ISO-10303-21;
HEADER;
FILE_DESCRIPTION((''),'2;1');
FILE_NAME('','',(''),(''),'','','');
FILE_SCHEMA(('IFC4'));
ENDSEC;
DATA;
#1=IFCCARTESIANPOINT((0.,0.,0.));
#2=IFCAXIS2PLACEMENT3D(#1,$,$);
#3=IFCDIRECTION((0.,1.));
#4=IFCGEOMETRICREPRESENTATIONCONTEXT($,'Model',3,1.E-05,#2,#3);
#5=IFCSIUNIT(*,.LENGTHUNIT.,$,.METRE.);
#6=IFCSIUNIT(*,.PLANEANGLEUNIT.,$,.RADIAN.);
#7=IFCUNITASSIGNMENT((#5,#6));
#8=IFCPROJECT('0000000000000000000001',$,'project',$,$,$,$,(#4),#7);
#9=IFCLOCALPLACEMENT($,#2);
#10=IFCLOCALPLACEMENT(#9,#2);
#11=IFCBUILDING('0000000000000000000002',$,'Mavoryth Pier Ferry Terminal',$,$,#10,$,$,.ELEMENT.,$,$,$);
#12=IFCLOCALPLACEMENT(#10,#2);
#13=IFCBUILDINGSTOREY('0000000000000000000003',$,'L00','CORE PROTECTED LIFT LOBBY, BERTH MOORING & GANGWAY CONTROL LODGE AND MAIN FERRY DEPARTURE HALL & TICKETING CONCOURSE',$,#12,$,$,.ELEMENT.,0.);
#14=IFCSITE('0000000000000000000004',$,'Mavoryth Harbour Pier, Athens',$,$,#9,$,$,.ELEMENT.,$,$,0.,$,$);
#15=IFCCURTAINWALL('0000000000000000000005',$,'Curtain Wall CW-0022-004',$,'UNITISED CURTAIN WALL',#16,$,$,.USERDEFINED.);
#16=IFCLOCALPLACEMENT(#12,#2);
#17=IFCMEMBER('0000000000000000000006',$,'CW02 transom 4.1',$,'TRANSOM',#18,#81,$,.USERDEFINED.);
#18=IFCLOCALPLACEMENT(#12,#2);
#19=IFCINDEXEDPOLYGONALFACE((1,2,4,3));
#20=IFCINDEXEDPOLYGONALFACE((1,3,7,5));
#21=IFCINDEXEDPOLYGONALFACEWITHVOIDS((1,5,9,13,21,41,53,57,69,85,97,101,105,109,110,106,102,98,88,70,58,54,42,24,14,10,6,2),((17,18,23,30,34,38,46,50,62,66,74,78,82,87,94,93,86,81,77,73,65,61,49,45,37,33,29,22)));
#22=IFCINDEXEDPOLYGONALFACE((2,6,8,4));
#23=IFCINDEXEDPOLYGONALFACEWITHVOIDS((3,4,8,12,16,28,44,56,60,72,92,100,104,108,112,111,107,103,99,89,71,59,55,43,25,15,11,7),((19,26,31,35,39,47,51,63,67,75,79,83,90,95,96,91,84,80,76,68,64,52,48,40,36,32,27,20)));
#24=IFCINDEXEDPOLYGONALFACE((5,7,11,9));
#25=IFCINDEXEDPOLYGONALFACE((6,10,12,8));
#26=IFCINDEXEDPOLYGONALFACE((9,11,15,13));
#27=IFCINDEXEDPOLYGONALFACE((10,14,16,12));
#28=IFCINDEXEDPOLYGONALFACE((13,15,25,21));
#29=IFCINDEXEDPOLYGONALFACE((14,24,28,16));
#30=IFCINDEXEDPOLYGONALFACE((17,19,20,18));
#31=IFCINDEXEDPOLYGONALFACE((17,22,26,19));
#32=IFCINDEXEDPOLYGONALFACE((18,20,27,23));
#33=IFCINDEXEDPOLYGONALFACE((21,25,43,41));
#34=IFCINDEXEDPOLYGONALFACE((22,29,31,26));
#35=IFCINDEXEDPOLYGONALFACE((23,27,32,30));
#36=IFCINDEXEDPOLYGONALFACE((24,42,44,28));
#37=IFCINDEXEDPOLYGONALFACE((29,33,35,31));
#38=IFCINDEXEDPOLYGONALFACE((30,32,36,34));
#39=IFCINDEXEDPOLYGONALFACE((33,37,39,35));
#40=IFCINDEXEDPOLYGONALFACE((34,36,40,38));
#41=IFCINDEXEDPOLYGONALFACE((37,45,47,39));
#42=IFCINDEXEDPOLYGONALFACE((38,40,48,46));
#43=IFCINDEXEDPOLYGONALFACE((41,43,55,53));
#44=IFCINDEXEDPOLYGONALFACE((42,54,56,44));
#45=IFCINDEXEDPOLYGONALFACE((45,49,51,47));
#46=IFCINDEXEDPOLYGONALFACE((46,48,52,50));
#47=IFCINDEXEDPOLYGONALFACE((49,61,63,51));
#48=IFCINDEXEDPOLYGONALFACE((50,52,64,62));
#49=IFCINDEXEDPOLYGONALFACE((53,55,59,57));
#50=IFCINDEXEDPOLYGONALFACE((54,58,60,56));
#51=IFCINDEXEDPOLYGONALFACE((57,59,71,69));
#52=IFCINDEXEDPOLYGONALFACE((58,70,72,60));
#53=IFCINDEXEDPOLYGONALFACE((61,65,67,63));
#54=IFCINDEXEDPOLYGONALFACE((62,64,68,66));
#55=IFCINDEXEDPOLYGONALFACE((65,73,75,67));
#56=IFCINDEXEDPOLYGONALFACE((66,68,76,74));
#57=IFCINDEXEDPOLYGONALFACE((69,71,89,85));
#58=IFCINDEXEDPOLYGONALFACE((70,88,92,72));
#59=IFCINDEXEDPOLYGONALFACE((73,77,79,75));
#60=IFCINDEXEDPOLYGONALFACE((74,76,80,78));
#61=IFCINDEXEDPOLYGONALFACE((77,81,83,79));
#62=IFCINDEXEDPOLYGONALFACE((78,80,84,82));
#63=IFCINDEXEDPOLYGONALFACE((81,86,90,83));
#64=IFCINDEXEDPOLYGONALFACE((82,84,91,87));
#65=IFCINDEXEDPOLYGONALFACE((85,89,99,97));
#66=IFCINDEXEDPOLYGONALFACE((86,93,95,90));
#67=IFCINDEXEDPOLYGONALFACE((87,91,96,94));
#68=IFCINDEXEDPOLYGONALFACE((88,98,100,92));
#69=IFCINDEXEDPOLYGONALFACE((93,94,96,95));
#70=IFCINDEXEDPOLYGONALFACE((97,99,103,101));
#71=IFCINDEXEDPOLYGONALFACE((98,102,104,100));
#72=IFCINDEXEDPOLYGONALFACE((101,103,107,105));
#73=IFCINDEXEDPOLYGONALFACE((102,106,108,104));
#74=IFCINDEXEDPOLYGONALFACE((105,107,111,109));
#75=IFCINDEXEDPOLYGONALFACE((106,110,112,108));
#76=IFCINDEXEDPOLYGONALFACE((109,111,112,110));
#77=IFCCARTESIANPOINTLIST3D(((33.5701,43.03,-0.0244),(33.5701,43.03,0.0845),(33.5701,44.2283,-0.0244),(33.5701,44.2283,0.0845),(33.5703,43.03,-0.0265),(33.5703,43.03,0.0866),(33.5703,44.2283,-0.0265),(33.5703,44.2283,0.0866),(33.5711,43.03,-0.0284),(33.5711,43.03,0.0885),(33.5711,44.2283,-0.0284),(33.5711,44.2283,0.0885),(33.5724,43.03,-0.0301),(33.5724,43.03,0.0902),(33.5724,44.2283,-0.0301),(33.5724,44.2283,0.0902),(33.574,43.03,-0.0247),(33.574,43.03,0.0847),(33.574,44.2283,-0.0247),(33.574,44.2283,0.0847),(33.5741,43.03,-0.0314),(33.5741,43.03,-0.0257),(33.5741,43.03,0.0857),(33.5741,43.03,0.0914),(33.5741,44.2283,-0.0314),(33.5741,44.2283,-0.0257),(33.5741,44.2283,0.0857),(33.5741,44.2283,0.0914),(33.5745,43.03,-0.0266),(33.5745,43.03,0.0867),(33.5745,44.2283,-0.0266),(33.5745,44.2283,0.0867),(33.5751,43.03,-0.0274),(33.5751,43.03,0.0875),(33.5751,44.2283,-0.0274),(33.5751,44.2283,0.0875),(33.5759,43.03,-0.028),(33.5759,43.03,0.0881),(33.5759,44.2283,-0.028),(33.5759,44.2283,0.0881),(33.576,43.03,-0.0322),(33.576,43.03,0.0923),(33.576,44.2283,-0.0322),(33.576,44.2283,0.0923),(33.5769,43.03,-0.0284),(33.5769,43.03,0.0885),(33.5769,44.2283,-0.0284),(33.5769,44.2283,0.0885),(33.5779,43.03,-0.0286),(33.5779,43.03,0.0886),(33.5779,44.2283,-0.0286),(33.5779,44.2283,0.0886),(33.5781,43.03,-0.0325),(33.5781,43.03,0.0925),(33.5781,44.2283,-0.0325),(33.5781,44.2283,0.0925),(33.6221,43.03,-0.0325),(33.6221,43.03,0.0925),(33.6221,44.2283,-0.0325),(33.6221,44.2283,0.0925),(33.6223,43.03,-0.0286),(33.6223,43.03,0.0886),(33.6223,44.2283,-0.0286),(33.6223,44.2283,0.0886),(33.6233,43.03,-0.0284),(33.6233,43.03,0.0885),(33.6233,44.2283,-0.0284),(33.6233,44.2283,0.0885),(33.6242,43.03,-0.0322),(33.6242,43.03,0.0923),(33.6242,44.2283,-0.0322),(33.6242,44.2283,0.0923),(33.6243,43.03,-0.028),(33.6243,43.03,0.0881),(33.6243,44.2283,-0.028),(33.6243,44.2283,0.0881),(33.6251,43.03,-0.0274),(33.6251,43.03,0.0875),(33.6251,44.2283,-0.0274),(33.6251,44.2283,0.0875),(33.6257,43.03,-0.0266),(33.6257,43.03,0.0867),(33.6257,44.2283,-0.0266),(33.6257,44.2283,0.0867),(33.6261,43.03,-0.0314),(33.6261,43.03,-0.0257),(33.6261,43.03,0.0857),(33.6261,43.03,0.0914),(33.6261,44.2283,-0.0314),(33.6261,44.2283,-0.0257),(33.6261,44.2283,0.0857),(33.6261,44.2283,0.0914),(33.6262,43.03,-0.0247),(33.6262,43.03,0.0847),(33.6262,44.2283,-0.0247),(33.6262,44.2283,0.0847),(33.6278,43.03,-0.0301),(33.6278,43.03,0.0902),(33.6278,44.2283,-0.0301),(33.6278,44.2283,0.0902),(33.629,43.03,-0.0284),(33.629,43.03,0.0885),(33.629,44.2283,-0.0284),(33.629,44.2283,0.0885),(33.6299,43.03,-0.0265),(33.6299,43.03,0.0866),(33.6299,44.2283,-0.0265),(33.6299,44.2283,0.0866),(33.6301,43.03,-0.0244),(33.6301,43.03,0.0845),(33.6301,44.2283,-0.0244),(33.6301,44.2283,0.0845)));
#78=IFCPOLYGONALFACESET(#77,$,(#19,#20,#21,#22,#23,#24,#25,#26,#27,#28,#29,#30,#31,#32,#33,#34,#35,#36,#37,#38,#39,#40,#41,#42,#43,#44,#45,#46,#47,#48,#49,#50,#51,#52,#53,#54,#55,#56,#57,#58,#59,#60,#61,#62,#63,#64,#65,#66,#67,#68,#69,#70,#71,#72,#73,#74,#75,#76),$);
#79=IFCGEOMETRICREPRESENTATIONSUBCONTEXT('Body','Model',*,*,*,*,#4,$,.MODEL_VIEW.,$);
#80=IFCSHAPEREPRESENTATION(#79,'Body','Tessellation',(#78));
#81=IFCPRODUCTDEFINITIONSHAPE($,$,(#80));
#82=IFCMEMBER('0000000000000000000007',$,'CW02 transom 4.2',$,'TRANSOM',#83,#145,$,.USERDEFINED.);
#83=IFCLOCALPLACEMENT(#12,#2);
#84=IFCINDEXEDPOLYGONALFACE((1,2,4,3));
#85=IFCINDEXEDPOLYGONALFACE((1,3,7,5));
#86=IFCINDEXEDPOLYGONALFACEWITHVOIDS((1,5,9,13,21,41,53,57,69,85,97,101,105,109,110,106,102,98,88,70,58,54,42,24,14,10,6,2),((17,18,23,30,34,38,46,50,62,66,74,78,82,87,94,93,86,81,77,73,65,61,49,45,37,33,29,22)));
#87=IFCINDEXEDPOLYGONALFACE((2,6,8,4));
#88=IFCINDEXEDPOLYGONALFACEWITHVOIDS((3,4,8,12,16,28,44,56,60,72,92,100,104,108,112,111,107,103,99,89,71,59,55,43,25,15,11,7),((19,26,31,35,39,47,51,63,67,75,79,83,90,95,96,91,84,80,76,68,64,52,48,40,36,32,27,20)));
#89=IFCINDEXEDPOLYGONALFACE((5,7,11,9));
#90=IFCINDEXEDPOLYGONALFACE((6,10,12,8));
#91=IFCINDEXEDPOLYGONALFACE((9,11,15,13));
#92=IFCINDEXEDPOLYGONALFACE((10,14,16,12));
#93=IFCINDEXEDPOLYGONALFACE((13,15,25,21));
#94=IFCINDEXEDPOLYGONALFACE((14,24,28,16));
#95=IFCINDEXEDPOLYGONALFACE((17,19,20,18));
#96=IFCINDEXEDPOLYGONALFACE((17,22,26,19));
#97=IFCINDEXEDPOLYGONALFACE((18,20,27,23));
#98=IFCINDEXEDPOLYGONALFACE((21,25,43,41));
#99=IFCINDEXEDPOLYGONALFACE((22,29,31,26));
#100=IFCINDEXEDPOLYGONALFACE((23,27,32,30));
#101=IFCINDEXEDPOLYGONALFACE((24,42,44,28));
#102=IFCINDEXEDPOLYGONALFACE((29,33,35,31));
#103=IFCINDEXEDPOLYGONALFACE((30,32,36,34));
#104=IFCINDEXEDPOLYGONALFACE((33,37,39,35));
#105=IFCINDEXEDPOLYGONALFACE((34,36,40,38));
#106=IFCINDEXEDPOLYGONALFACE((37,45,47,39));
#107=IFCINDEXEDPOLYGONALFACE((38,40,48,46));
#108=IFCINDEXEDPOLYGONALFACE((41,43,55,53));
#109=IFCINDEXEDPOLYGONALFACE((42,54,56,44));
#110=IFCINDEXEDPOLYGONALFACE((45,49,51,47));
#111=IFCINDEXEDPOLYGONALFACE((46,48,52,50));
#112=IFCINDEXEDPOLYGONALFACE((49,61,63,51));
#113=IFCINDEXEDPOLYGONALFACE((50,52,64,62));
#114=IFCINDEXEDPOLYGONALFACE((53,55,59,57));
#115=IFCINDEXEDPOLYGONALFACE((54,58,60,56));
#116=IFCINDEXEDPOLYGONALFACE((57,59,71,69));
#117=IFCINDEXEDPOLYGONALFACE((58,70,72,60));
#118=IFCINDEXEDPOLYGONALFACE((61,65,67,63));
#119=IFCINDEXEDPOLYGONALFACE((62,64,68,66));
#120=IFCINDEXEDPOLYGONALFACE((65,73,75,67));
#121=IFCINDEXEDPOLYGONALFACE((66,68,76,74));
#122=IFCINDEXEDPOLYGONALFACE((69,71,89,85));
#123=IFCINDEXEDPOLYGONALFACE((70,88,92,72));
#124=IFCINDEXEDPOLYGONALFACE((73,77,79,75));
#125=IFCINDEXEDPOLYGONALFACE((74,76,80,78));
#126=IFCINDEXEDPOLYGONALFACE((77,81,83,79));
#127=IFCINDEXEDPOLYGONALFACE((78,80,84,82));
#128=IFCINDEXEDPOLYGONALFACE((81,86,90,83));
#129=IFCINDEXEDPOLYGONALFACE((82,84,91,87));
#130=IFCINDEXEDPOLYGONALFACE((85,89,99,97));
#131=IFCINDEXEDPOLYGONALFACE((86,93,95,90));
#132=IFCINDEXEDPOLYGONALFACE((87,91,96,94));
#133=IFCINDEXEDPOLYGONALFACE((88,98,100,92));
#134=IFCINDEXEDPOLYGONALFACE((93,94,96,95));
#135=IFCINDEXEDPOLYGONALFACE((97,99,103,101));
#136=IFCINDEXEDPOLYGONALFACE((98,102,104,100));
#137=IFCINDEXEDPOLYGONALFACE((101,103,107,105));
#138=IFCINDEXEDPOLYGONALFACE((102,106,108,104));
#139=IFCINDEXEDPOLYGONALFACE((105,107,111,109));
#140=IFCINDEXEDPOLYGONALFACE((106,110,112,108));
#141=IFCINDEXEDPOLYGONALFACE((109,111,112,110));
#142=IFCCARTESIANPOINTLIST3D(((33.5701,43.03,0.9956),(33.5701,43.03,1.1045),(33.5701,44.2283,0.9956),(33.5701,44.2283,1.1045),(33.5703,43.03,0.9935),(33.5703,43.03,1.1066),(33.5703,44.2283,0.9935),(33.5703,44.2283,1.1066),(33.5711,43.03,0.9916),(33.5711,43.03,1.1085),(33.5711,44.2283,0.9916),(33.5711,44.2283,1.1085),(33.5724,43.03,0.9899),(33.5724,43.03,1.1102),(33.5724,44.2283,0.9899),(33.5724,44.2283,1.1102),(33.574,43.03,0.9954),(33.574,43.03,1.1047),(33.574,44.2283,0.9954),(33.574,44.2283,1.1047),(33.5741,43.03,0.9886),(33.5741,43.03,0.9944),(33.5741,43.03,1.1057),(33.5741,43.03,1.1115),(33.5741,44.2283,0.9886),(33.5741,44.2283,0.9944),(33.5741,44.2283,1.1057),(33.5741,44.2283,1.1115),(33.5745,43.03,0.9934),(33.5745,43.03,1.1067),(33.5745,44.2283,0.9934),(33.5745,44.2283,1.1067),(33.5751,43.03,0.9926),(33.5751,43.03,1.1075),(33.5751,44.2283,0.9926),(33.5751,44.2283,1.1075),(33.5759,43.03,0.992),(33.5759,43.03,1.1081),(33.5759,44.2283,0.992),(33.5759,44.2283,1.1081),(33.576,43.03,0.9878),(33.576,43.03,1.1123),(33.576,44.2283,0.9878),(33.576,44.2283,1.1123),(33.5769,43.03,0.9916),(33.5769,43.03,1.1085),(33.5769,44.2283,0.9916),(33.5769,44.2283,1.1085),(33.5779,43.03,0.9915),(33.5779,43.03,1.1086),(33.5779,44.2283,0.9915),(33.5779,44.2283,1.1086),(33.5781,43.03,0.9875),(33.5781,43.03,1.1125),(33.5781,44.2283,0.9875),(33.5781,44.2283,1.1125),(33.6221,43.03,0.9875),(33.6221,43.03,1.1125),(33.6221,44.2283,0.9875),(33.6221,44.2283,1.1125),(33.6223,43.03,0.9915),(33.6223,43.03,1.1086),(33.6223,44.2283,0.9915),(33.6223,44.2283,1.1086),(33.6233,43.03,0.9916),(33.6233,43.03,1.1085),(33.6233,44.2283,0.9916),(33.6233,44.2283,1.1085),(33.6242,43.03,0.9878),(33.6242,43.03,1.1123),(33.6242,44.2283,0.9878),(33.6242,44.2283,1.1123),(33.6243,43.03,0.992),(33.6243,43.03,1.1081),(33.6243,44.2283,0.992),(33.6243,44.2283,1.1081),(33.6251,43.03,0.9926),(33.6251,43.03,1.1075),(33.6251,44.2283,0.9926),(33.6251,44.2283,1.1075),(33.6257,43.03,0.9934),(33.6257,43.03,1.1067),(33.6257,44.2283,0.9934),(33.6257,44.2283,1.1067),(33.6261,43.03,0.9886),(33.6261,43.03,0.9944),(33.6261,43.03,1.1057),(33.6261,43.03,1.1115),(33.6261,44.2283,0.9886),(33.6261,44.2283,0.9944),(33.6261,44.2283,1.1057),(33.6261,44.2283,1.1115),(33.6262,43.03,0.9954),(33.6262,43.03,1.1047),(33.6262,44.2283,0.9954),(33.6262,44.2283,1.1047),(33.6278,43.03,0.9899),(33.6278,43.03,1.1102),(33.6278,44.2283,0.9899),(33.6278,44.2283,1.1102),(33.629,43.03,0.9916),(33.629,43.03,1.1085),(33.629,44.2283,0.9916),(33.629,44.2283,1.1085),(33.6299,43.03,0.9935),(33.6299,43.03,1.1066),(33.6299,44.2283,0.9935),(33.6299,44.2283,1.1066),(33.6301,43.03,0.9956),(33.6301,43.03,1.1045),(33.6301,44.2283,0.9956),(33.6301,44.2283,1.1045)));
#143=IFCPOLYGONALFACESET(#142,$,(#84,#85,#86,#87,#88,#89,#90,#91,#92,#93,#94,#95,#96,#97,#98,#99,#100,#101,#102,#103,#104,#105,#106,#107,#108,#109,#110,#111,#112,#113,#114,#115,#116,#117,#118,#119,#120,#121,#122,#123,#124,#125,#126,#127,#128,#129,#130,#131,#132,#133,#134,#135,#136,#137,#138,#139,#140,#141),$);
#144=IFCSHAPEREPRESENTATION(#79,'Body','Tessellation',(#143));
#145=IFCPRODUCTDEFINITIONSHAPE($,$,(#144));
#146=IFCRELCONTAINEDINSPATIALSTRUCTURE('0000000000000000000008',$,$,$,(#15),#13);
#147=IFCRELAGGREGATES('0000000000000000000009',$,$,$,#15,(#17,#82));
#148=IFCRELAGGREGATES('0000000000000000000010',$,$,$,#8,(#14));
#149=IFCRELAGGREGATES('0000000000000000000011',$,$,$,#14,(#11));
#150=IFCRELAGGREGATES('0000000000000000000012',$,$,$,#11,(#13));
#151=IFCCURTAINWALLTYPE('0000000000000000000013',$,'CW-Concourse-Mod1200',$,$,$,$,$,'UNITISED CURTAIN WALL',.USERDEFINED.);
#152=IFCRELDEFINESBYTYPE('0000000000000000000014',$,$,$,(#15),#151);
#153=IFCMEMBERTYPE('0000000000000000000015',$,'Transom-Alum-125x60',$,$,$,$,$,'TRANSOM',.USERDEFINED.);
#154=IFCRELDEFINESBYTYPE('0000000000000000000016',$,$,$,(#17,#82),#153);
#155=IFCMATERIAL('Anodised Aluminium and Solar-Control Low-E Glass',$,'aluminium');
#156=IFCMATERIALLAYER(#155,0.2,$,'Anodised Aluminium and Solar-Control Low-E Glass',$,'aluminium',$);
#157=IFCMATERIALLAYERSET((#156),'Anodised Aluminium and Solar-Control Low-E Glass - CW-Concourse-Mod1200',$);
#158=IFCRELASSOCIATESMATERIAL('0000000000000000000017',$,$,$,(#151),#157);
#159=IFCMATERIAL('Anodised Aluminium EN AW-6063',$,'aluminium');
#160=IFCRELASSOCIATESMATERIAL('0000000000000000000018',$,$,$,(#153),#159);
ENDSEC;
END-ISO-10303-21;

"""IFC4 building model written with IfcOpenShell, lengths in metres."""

from ifc_helpers import new_model, si_unit, direction, frame, origin, origin_2d, place, context, subcontext, project, spatial, hollow_rectangle, extrude, material, layer, layer_set, material_profile, profile_set, type_object, element, aggregate, save


model = new_model("IFC4")

# Units and contexts
model_context = context("Model", 3, precision=1e-05, world=origin(), true_north=direction((0.0, 1.0)))
body_context = subcontext(model_context, "Body", "Model", "MODEL_VIEW")
ifc_project = project(units=[si_unit("LENGTHUNIT", "METRE"), si_unit("PLANEANGLEUNIT", "RADIAN")], contexts=[model_context])

# Site, building, storey
site_placement = place(None, origin())
site = spatial("IfcSite", under=ifc_project, at=site_placement, Name="Mavoryth Harbour Pier, Athens", CompositionType="ELEMENT", RefElevation=0.0)
building_placement = place(site_placement, origin())
building = spatial("IfcBuilding", under=site, at=building_placement, Name="Mavoryth Pier Ferry Terminal", CompositionType="ELEMENT")
storey_placement = place(building_placement, origin())
storey = spatial("IfcBuildingStorey", under=building, at=storey_placement, Name="L00", Description="CORE PROTECTED LIFT LOBBY, BERTH MOORING & GANGWAY CONTROL LODGE AND MAIN FERRY DEPARTURE HALL & TICKETING CONCOURSE", CompositionType="ELEMENT", Elevation=0.0)

# Curtain wall, members
ifc_material_1 = material(Name="Anodised Aluminium and Solar-Control Low-E Glass", Category="aluminium")
ifc_layer_1 = layer(ifc_material_1, 0.2, Name="Anodised Aluminium and Solar-Control Low-E Glass", Category="aluminium")
ifc_layer_set_1 = layer_set([ifc_layer_1], Name="Anodised Aluminium and Solar-Control Low-E Glass - CW-Concourse-Mod1200")
curtain_wall_type = type_object("IfcCurtainWallType", Name="CW-Concourse-Mod1200", ElementType="UNITISED CURTAIN WALL", PredefinedType="USERDEFINED", material=ifc_layer_set_1)
curtain_wall_placement = place(storey_placement, origin())
curtain_wall = element("IfcCurtainWall", 1, at=curtain_wall_placement, inside=storey, type_object=curtain_wall_type, Name="Curtain Wall CW-0022-004", ObjectType="UNITISED CURTAIN WALL", PredefinedType="USERDEFINED")
ifc_material_2 = material(Name="Anodised Aluminium EN AW-6063", Category="aluminium")
ifc_material_profile_1 = material_profile(ifc_material_2, hollow_rectangle(XDim=0.0601, YDim=0.125, WallThickness=0.0039, InnerFilletRadius=0.0039, OuterFilletRadius=0.0081, at=origin_2d()), Name="AL-TRAN 125x60x4", Category="aluminium")
ifc_profile_set_1 = profile_set([ifc_material_profile_1], Name="Anodised Aluminium EN AW-6063 - AL-TRAN 125x60x4")
member_type_1 = type_object("IfcMemberType", Name="Transom-Alum-125x60", ElementType="TRANSOM", PredefinedType="USERDEFINED", material=ifc_profile_set_1)
member_1_placement = place(storey_placement, frame((33.6001, 43.03, 0.03), z_axis=(0.0, 1.0, 0.0), x_axis=(-1.0, 0.0, 0.0)))
member_1 = element("IfcMember", 2, at=member_1_placement, type_object=member_type_1, Name="CW02 transom 4.1", ObjectType="TRANSOM", PredefinedType="USERDEFINED", context=body_context, shape_type="SweptSolid", body=[
    extrude(hollow_rectangle(XDim=0.0601, YDim=0.125, WallThickness=0.0039, InnerFilletRadius=0.0039, OuterFilletRadius=0.0081, at=origin_2d()), origin(), (0.0, 0.0, 1.0), 1.1982),
])
member_2_placement = place(storey_placement, frame((33.6001, 43.03, 1.05), z_axis=(0.0, 1.0, 0.0), x_axis=(-1.0, 0.0, 0.0)))
member_2 = element("IfcMember", 3, at=member_2_placement, type_object=member_type_1, Name="CW02 transom 4.2", ObjectType="TRANSOM", PredefinedType="USERDEFINED", context=body_context, shape_type="SweptSolid", body=[
    extrude(hollow_rectangle(XDim=0.0601, YDim=0.125, WallThickness=0.0039, InnerFilletRadius=0.0039, OuterFilletRadius=0.0081, at=origin_2d()), origin(), (0.0, 0.0, 1.0), 1.1982),
])
aggregate(curtain_wall, [member_1, member_2])

save(model, "model.ifc")
